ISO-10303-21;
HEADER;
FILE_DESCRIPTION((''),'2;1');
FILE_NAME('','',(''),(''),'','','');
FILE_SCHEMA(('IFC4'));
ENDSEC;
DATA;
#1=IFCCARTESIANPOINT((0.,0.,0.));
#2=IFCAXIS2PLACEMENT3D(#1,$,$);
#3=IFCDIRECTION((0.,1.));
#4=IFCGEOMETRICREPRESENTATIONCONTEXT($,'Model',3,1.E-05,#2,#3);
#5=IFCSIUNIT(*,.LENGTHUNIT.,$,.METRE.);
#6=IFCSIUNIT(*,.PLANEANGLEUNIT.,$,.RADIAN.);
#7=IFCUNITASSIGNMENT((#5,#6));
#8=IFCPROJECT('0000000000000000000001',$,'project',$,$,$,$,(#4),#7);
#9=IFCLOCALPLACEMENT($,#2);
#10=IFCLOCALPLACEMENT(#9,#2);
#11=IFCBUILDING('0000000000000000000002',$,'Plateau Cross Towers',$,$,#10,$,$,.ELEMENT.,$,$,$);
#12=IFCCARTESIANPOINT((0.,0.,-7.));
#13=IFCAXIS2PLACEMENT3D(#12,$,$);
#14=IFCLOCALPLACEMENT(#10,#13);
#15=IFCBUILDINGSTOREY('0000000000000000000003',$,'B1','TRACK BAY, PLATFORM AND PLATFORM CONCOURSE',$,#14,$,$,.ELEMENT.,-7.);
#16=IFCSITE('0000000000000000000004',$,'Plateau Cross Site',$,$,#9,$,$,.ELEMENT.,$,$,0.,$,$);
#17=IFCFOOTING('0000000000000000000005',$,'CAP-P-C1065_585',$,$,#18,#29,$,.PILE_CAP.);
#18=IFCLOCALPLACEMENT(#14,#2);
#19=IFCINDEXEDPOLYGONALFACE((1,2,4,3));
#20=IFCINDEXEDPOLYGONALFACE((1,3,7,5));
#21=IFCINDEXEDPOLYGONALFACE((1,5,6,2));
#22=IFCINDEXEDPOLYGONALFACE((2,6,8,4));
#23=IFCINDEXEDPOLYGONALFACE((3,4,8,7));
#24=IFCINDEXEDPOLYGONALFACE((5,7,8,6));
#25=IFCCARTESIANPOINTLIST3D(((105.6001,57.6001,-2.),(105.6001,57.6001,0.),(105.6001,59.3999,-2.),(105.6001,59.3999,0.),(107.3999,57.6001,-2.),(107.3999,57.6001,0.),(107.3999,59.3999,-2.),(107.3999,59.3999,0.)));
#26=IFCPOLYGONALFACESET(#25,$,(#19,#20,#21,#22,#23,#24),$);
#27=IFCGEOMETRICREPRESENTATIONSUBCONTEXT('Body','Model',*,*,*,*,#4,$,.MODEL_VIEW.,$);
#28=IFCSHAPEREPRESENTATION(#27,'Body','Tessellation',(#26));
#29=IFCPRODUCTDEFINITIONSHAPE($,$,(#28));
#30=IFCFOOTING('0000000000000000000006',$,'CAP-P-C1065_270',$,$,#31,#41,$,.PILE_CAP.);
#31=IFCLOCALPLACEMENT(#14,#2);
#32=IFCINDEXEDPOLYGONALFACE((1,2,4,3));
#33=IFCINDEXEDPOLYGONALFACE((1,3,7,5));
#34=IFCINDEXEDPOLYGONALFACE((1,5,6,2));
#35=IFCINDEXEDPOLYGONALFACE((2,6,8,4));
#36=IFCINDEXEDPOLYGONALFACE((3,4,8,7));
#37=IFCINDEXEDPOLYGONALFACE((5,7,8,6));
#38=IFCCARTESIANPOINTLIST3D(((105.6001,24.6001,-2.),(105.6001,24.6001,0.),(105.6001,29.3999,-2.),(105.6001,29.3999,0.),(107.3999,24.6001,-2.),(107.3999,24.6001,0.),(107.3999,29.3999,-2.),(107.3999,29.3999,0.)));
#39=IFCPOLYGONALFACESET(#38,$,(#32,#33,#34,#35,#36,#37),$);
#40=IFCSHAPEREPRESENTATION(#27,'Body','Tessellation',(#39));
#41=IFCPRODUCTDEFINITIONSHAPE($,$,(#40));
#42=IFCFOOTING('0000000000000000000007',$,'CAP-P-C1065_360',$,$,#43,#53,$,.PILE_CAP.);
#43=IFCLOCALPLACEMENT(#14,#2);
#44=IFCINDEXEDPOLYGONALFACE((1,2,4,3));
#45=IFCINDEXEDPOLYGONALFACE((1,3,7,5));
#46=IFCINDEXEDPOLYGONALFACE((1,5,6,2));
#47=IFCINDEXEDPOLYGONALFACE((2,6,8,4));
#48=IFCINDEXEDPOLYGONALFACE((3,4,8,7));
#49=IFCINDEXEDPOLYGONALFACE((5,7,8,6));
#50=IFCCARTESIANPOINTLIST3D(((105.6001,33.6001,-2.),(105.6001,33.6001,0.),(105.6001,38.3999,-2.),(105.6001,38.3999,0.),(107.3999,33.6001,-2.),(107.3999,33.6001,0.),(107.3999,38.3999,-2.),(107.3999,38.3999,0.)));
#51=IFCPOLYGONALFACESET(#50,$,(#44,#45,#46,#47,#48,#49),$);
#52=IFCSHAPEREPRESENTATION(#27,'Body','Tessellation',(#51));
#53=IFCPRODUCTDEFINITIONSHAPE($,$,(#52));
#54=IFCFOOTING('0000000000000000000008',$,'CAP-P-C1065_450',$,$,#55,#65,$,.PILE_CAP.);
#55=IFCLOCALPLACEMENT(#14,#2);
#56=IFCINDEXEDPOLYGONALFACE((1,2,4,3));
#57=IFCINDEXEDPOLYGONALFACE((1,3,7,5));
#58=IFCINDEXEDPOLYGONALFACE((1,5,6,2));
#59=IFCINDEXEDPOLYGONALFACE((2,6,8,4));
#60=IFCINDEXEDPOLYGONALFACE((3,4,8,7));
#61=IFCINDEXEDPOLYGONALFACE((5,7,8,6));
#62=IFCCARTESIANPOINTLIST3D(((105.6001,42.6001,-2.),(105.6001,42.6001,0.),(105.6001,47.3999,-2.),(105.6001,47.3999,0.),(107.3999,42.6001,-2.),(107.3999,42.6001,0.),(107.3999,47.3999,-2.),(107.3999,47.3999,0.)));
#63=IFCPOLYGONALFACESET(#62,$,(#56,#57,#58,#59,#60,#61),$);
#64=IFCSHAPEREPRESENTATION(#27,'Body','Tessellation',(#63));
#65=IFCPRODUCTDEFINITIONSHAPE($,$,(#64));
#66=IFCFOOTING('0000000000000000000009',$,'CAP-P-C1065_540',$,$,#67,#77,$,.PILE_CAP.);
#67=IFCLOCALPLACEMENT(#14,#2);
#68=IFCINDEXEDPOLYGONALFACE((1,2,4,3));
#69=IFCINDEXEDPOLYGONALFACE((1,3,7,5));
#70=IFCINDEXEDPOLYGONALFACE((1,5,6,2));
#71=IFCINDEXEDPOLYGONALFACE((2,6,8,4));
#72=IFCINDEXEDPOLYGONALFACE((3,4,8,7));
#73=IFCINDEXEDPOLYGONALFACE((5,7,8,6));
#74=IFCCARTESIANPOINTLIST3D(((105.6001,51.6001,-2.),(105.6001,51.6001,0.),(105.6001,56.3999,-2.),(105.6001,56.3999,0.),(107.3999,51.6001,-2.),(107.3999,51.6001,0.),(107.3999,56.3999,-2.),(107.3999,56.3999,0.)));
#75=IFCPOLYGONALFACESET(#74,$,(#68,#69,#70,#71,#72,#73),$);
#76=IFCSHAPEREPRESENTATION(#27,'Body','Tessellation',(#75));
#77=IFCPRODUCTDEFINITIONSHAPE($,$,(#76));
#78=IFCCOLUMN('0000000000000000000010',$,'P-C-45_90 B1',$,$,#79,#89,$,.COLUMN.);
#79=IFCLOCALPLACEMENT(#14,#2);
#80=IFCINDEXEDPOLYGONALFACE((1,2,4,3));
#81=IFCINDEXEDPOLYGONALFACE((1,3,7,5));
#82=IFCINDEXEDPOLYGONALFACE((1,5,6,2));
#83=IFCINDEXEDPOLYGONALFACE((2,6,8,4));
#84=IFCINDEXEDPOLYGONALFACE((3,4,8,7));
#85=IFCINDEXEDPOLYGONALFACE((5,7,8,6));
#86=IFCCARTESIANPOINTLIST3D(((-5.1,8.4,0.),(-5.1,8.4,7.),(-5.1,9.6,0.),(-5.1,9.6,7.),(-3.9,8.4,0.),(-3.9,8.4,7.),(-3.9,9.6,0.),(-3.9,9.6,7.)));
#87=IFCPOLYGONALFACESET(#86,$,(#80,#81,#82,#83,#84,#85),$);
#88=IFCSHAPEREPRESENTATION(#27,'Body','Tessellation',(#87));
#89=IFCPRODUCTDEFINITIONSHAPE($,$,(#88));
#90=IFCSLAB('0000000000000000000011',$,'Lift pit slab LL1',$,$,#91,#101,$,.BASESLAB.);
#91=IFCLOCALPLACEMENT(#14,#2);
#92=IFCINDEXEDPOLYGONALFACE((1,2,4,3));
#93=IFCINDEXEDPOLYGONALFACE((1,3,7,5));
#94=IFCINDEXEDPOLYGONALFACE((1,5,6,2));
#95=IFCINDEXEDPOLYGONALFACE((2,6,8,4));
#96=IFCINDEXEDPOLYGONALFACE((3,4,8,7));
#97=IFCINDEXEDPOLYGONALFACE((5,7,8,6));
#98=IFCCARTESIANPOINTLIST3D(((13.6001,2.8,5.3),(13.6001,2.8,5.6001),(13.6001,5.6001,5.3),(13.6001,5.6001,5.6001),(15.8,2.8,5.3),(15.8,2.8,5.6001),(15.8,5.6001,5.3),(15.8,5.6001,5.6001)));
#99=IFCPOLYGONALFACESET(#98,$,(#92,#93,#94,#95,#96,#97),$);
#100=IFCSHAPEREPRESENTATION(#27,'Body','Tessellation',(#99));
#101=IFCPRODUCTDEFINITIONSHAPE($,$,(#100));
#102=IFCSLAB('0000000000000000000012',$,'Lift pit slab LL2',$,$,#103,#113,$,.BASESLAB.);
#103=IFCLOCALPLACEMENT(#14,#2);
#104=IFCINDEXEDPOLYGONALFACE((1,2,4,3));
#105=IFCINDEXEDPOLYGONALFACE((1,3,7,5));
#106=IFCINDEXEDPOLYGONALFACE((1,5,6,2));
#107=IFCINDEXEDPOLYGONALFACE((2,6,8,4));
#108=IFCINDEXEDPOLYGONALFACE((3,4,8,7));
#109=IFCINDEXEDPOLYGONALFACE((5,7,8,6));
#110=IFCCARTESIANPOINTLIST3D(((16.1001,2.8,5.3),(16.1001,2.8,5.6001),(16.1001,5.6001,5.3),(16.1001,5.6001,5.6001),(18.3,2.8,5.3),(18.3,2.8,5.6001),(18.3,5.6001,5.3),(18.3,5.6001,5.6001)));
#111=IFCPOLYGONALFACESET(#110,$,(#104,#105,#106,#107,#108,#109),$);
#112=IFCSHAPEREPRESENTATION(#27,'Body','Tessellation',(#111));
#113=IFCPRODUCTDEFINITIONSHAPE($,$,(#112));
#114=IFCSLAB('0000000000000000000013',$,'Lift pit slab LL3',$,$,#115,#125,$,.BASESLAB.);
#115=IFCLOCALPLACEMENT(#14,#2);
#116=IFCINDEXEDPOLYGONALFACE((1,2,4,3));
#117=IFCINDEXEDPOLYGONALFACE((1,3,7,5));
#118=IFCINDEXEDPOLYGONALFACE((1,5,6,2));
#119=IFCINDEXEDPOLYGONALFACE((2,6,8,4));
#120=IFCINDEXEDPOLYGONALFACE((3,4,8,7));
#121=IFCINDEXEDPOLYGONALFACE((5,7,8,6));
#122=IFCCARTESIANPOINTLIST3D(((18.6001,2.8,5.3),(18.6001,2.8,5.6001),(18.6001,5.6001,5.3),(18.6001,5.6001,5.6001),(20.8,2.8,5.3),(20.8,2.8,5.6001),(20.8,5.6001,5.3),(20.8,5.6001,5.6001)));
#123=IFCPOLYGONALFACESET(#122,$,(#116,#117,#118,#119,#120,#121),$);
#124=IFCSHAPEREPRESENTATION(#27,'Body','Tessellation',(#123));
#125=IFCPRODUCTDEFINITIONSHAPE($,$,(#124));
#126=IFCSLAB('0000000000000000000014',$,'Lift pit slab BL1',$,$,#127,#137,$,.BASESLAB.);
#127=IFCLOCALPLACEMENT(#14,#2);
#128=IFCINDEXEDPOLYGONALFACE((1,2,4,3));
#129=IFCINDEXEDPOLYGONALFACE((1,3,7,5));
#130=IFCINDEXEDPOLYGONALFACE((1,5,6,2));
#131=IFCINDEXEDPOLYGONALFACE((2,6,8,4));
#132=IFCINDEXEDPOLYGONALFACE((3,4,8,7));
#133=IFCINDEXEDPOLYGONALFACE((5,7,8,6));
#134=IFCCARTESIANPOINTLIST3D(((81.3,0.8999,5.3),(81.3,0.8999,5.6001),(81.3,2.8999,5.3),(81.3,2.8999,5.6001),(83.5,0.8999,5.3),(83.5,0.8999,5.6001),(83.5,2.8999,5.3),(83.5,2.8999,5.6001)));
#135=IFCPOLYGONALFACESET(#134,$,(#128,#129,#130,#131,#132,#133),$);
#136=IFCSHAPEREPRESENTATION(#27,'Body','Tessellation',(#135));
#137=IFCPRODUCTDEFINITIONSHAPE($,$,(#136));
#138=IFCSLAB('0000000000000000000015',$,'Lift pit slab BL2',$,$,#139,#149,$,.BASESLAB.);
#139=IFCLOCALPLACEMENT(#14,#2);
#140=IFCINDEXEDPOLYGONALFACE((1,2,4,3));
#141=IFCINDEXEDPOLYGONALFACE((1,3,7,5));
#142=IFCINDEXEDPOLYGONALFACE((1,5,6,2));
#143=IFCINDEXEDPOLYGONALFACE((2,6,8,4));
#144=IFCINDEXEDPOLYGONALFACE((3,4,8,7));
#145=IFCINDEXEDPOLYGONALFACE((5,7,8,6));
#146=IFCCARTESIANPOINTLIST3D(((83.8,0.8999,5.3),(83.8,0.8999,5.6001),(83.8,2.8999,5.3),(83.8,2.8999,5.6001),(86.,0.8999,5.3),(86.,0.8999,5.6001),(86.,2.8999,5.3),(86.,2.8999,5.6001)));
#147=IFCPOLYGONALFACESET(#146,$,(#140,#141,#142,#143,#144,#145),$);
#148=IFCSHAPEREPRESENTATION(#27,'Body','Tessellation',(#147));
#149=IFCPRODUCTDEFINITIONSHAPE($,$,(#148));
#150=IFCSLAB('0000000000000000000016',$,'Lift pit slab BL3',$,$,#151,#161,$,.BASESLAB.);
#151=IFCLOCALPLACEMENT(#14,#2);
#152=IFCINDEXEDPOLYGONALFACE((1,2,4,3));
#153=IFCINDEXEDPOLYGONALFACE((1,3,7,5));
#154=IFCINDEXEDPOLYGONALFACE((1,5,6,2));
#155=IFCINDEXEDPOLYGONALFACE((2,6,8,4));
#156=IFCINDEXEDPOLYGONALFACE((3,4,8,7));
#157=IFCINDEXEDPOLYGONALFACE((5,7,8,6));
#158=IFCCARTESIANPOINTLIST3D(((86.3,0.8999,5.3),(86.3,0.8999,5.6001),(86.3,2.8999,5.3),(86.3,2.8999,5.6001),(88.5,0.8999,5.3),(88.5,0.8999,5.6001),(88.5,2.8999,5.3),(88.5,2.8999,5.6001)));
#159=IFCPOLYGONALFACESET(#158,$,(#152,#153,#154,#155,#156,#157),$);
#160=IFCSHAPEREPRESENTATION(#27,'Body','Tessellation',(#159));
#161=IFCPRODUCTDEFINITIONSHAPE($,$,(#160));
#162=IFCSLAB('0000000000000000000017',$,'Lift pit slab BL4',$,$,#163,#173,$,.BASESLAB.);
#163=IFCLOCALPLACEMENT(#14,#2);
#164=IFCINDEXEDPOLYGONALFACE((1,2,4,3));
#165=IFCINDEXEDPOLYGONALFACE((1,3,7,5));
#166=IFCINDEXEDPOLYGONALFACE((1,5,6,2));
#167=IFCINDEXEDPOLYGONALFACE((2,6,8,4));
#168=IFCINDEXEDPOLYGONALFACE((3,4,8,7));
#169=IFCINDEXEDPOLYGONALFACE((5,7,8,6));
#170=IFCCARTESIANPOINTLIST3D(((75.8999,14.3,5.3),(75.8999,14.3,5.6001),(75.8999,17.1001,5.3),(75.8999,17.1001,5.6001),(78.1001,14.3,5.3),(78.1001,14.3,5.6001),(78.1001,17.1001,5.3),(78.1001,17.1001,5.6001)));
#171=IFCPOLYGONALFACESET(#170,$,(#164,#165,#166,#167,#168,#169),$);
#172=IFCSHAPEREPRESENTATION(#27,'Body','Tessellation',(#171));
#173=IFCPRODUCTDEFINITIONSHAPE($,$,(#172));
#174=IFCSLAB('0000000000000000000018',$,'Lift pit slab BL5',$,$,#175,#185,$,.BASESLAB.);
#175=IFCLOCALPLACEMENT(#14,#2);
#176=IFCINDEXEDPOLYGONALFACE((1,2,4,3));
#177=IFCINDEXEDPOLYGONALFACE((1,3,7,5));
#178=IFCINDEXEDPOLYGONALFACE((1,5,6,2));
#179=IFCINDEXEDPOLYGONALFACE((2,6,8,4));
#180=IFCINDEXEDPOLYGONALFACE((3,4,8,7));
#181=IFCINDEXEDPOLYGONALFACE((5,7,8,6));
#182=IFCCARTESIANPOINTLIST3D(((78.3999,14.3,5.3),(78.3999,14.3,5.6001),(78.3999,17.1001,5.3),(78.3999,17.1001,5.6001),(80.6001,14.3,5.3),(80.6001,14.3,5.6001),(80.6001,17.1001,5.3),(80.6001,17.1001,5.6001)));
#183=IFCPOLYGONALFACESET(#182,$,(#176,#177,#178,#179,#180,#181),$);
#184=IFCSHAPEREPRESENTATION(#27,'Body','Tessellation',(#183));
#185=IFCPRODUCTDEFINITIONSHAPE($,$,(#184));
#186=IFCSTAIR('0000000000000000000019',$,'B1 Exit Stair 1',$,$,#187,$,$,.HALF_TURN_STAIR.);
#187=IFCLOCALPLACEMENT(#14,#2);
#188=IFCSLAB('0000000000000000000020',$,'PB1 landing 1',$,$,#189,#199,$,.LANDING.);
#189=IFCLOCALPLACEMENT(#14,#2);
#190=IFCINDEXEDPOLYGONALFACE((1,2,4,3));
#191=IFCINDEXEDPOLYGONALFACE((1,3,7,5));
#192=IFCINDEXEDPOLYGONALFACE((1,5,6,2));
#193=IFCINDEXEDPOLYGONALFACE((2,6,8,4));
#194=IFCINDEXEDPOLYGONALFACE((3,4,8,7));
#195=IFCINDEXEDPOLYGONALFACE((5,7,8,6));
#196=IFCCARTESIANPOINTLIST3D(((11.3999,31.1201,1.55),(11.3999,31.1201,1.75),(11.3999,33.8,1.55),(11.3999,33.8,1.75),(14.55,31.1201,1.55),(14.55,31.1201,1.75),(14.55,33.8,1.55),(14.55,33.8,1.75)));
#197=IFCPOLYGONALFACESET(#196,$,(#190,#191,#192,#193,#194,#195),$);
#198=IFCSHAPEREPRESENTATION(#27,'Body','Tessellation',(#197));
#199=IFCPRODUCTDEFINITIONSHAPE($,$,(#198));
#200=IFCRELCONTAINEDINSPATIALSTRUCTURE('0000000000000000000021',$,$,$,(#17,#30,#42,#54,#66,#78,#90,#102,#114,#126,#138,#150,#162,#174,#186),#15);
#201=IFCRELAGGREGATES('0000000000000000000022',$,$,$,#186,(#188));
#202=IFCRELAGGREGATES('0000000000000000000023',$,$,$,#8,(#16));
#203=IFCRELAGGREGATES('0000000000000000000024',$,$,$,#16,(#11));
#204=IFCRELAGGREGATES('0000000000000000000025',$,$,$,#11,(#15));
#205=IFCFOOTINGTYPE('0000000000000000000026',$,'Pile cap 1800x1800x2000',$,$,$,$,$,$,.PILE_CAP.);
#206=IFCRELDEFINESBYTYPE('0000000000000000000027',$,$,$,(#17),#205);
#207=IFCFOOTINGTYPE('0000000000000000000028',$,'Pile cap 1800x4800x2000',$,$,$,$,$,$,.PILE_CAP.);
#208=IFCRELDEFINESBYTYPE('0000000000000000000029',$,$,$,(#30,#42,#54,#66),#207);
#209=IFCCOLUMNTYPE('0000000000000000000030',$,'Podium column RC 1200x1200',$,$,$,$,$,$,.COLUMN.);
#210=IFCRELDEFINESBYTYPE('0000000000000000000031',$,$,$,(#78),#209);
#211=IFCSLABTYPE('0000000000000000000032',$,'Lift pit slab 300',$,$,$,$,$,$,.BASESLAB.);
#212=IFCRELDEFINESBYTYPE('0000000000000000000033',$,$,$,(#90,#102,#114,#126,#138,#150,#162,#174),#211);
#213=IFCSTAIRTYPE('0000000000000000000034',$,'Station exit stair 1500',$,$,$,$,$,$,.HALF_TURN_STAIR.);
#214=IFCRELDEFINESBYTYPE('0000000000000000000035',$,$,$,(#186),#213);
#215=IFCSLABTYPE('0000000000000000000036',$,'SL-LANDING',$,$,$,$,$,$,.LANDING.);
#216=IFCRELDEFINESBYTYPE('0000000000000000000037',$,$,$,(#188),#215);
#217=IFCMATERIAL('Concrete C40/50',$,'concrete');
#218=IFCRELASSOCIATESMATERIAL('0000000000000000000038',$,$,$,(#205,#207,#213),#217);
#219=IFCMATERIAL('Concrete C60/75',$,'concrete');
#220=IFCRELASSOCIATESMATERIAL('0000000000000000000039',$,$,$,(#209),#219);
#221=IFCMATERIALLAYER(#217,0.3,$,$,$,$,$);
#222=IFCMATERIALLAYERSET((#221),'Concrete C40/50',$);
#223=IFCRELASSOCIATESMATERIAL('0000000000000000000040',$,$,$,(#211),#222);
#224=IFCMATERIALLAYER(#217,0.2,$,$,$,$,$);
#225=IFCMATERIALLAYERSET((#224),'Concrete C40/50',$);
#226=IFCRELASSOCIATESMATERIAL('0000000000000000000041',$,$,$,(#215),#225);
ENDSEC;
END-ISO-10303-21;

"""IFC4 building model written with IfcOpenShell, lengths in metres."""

from ifc_helpers import new_model, si_unit, direction, frame, origin, origin_2d, place, context, subcontext, project, spatial, polyline, rectangle, outline, extrude, material, layer, layer_set, material_profile, profile_set, type_object, element, aggregate, save


model = new_model("IFC4")

# Units and contexts
model_context = context("Model", 3, precision=1e-05, world=origin(), true_north=direction((0.0, 1.0)))
body_context = subcontext(model_context, "Body", "Model", "MODEL_VIEW")
ifc_project = project(units=[si_unit("LENGTHUNIT", "METRE"), si_unit("PLANEANGLEUNIT", "RADIAN")], contexts=[model_context])

# Site, building, storey
site_placement = place(None, origin())
site = spatial("IfcSite", under=ifc_project, at=site_placement, Name="Plateau Cross Site", CompositionType="ELEMENT", RefElevation=0.0)
building_placement = place(site_placement, origin())
building = spatial("IfcBuilding", under=site, at=building_placement, Name="Plateau Cross Towers", CompositionType="ELEMENT")
storey_placement = place(building_placement, frame((0.0, 0.0, -7.0)))
storey = spatial("IfcBuildingStorey", under=building, at=storey_placement, Name="B1", Description="TRACK BAY, PLATFORM AND PLATFORM CONCOURSE", CompositionType="ELEMENT", Elevation=-7.0)

# Shared definitions
ifc_material_1 = material(Name="Concrete C40/50", Category="concrete")

# Footings
footing_type_1 = type_object("IfcFootingType", Name="Pile cap 1800x1800x2000", PredefinedType="PILE_CAP", material=ifc_material_1)
footing_1_placement = place(storey_placement, frame((0.0, 0.0, -2.0)))
element("IfcFooting", 1, at=footing_1_placement, inside=storey, type_object=footing_type_1, Name="CAP-P-C1065_585", PredefinedType="PILE_CAP", context=body_context, shape_type="SweptSolid", body=[
    extrude(outline(polyline([(107.3999, 57.6001), (107.3999, 59.3999), (105.6001, 59.3999), (105.6001, 57.6001), (107.3999, 57.6001)])), origin(), (0.0, 0.0, 1.0), 2.0),
])
footing_type_2 = type_object("IfcFootingType", Name="Pile cap 1800x4800x2000", PredefinedType="PILE_CAP", material=ifc_material_1)
footing_2_placement = place(storey_placement, frame((0.0, 0.0, -2.0)))
element("IfcFooting", 2, at=footing_2_placement, inside=storey, type_object=footing_type_2, Name="CAP-P-C1065_270", PredefinedType="PILE_CAP", context=body_context, shape_type="SweptSolid", body=[
    extrude(outline(polyline([(107.3999, 24.6001), (107.3999, 29.3999), (105.6001, 29.3999), (105.6001, 24.6001), (107.3999, 24.6001)])), origin(), (0.0, 0.0, 1.0), 2.0),
])
footing_3_placement = place(storey_placement, frame((0.0, 0.0, -2.0)))
element("IfcFooting", 3, at=footing_3_placement, inside=storey, type_object=footing_type_2, Name="CAP-P-C1065_360", PredefinedType="PILE_CAP", context=body_context, shape_type="SweptSolid", body=[
    extrude(outline(polyline([(107.3999, 33.6001), (107.3999, 38.3999), (105.6001, 38.3999), (105.6001, 33.6001), (107.3999, 33.6001)])), origin(), (0.0, 0.0, 1.0), 2.0),
])
footing_4_placement = place(storey_placement, frame((0.0, 0.0, -2.0)))
element("IfcFooting", 4, at=footing_4_placement, inside=storey, type_object=footing_type_2, Name="CAP-P-C1065_450", PredefinedType="PILE_CAP", context=body_context, shape_type="SweptSolid", body=[
    extrude(outline(polyline([(107.3999, 42.6001), (107.3999, 47.3999), (105.6001, 47.3999), (105.6001, 42.6001), (107.3999, 42.6001)])), origin(), (0.0, 0.0, 1.0), 2.0),
])
footing_5_placement = place(storey_placement, frame((0.0, 0.0, -2.0)))
element("IfcFooting", 5, at=footing_5_placement, inside=storey, type_object=footing_type_2, Name="CAP-P-C1065_540", PredefinedType="PILE_CAP", context=body_context, shape_type="SweptSolid", body=[
    extrude(outline(polyline([(107.3999, 51.6001), (107.3999, 56.3999), (105.6001, 56.3999), (105.6001, 51.6001), (107.3999, 51.6001)])), origin(), (0.0, 0.0, 1.0), 2.0),
])

# Column
ifc_material_2 = material(Name="Concrete C60/75", Category="concrete")
ifc_material_profile_1 = material_profile(ifc_material_2, rectangle(XDim=1.2, YDim=1.2, at=origin_2d()), Name="RC 1200x1200")
ifc_profile_set_1 = profile_set([ifc_material_profile_1], Name="Concrete C60/75")
column_type = type_object("IfcColumnType", Name="Podium column RC 1200x1200", PredefinedType="COLUMN", material=ifc_profile_set_1)
column_placement = place(storey_placement, frame((-4.5, 9.0, 0.0), z_axis=(0.0, 0.0, 1.0), x_axis=(1.0, 0.0, 0.0)))
element("IfcColumn", 6, at=column_placement, inside=storey, type_object=column_type, Name="P-C-45_90 B1", PredefinedType="COLUMN", context=body_context, shape_type="SweptSolid", body=[
    extrude(rectangle(XDim=1.2, YDim=1.2, at=origin_2d()), origin(), (0.0, 0.0, 1.0), 7.0),
])

# Slabs
ifc_layer_1 = layer(ifc_material_1, 0.3)
ifc_layer_set_1 = layer_set([ifc_layer_1], Name="Concrete C40/50")
slab_type_1 = type_object("IfcSlabType", Name="Lift pit slab 300", PredefinedType="BASESLAB", material=ifc_layer_set_1)
slab_1_placement = place(storey_placement, frame((0.0, 0.0, 5.3)))
element("IfcSlab", 7, at=slab_1_placement, inside=storey, type_object=slab_type_1, Name="Lift pit slab LL1", PredefinedType="BASESLAB", context=body_context, shape_type="SweptSolid", body=[
    extrude(outline(polyline([(13.6001, 2.8), (15.8, 2.8), (15.8, 5.6001), (13.6001, 5.6001), (13.6001, 2.8)])), origin(), (0.0, 0.0, 1.0), 0.3),
])
slab_2_placement = place(storey_placement, frame((0.0, 0.0, 5.3)))
element("IfcSlab", 8, at=slab_2_placement, inside=storey, type_object=slab_type_1, Name="Lift pit slab LL2", PredefinedType="BASESLAB", context=body_context, shape_type="SweptSolid", body=[
    extrude(outline(polyline([(16.1001, 2.8), (18.3, 2.8), (18.3, 5.6001), (16.1001, 5.6001), (16.1001, 2.8)])), origin(), (0.0, 0.0, 1.0), 0.3),
])
slab_3_placement = place(storey_placement, frame((0.0, 0.0, 5.3)))
element("IfcSlab", 9, at=slab_3_placement, inside=storey, type_object=slab_type_1, Name="Lift pit slab LL3", PredefinedType="BASESLAB", context=body_context, shape_type="SweptSolid", body=[
    extrude(outline(polyline([(18.6001, 2.8), (20.8, 2.8), (20.8, 5.6001), (18.6001, 5.6001), (18.6001, 2.8)])), origin(), (0.0, 0.0, 1.0), 0.3),
])
slab_4_placement = place(storey_placement, frame((0.0, 0.0, 5.3)))
element("IfcSlab", 10, at=slab_4_placement, inside=storey, type_object=slab_type_1, Name="Lift pit slab BL1", PredefinedType="BASESLAB", context=body_context, shape_type="SweptSolid", body=[
    extrude(outline(polyline([(81.3, 0.8999), (83.5, 0.8999), (83.5, 2.8999), (81.3, 2.8999), (81.3, 0.8999)])), origin(), (0.0, 0.0, 1.0), 0.3),
])
slab_5_placement = place(storey_placement, frame((0.0, 0.0, 5.3)))
element("IfcSlab", 11, at=slab_5_placement, inside=storey, type_object=slab_type_1, Name="Lift pit slab BL2", PredefinedType="BASESLAB", context=body_context, shape_type="SweptSolid", body=[
    extrude(outline(polyline([(83.8, 0.8999), (86.0, 0.8999), (86.0, 2.8999), (83.8, 2.8999), (83.8, 0.8999)])), origin(), (0.0, 0.0, 1.0), 0.3),
])
slab_6_placement = place(storey_placement, frame((0.0, 0.0, 5.3)))
element("IfcSlab", 12, at=slab_6_placement, inside=storey, type_object=slab_type_1, Name="Lift pit slab BL3", PredefinedType="BASESLAB", context=body_context, shape_type="SweptSolid", body=[
    extrude(outline(polyline([(86.3, 0.8999), (88.5, 0.8999), (88.5, 2.8999), (86.3, 2.8999), (86.3, 0.8999)])), origin(), (0.0, 0.0, 1.0), 0.3),
])
slab_7_placement = place(storey_placement, frame((0.0, 0.0, 5.3)))
element("IfcSlab", 13, at=slab_7_placement, inside=storey, type_object=slab_type_1, Name="Lift pit slab BL4", PredefinedType="BASESLAB", context=body_context, shape_type="SweptSolid", body=[
    extrude(outline(polyline([(75.8999, 14.3), (78.1001, 14.3), (78.1001, 17.1001), (75.8999, 17.1001), (75.8999, 14.3)])), origin(), (0.0, 0.0, 1.0), 0.3),
])
slab_8_placement = place(storey_placement, frame((0.0, 0.0, 5.3)))
element("IfcSlab", 14, at=slab_8_placement, inside=storey, type_object=slab_type_1, Name="Lift pit slab BL5", PredefinedType="BASESLAB", context=body_context, shape_type="SweptSolid", body=[
    extrude(outline(polyline([(78.3999, 14.3), (80.6001, 14.3), (80.6001, 17.1001), (78.3999, 17.1001), (78.3999, 14.3)])), origin(), (0.0, 0.0, 1.0), 0.3),
])

# Stair, slab
stair_type = type_object("IfcStairType", Name="Station exit stair 1500", PredefinedType="HALF_TURN_STAIR", material=ifc_material_1)
stair_1_placement = place(storey_placement, origin())
stair_1 = element("IfcStair", 15, at=stair_1_placement, inside=storey, type_object=stair_type, Name="B1 Exit Stair 1", PredefinedType="HALF_TURN_STAIR")
ifc_layer_2 = layer(ifc_material_1, 0.2)
ifc_layer_set_2 = layer_set([ifc_layer_2], Name="Concrete C40/50")
slab_type_2 = type_object("IfcSlabType", Name="SL-LANDING", PredefinedType="LANDING", material=ifc_layer_set_2)
slab_9_placement = place(storey_placement, frame((0.0, 0.0, 1.55)))
slab_9 = element("IfcSlab", 16, at=slab_9_placement, type_object=slab_type_2, Name="PB1 landing 1", PredefinedType="LANDING", context=body_context, shape_type="SweptSolid", body=[
    extrude(outline(polyline([(14.55, 31.1201), (14.55, 33.8), (11.3999, 33.8), (11.3999, 31.1201), (14.55, 31.1201)])), origin(), (0.0, 0.0, 1.0), 0.2),
])
aggregate(stair_1, [slab_9])

save(model, "model.ifc")
